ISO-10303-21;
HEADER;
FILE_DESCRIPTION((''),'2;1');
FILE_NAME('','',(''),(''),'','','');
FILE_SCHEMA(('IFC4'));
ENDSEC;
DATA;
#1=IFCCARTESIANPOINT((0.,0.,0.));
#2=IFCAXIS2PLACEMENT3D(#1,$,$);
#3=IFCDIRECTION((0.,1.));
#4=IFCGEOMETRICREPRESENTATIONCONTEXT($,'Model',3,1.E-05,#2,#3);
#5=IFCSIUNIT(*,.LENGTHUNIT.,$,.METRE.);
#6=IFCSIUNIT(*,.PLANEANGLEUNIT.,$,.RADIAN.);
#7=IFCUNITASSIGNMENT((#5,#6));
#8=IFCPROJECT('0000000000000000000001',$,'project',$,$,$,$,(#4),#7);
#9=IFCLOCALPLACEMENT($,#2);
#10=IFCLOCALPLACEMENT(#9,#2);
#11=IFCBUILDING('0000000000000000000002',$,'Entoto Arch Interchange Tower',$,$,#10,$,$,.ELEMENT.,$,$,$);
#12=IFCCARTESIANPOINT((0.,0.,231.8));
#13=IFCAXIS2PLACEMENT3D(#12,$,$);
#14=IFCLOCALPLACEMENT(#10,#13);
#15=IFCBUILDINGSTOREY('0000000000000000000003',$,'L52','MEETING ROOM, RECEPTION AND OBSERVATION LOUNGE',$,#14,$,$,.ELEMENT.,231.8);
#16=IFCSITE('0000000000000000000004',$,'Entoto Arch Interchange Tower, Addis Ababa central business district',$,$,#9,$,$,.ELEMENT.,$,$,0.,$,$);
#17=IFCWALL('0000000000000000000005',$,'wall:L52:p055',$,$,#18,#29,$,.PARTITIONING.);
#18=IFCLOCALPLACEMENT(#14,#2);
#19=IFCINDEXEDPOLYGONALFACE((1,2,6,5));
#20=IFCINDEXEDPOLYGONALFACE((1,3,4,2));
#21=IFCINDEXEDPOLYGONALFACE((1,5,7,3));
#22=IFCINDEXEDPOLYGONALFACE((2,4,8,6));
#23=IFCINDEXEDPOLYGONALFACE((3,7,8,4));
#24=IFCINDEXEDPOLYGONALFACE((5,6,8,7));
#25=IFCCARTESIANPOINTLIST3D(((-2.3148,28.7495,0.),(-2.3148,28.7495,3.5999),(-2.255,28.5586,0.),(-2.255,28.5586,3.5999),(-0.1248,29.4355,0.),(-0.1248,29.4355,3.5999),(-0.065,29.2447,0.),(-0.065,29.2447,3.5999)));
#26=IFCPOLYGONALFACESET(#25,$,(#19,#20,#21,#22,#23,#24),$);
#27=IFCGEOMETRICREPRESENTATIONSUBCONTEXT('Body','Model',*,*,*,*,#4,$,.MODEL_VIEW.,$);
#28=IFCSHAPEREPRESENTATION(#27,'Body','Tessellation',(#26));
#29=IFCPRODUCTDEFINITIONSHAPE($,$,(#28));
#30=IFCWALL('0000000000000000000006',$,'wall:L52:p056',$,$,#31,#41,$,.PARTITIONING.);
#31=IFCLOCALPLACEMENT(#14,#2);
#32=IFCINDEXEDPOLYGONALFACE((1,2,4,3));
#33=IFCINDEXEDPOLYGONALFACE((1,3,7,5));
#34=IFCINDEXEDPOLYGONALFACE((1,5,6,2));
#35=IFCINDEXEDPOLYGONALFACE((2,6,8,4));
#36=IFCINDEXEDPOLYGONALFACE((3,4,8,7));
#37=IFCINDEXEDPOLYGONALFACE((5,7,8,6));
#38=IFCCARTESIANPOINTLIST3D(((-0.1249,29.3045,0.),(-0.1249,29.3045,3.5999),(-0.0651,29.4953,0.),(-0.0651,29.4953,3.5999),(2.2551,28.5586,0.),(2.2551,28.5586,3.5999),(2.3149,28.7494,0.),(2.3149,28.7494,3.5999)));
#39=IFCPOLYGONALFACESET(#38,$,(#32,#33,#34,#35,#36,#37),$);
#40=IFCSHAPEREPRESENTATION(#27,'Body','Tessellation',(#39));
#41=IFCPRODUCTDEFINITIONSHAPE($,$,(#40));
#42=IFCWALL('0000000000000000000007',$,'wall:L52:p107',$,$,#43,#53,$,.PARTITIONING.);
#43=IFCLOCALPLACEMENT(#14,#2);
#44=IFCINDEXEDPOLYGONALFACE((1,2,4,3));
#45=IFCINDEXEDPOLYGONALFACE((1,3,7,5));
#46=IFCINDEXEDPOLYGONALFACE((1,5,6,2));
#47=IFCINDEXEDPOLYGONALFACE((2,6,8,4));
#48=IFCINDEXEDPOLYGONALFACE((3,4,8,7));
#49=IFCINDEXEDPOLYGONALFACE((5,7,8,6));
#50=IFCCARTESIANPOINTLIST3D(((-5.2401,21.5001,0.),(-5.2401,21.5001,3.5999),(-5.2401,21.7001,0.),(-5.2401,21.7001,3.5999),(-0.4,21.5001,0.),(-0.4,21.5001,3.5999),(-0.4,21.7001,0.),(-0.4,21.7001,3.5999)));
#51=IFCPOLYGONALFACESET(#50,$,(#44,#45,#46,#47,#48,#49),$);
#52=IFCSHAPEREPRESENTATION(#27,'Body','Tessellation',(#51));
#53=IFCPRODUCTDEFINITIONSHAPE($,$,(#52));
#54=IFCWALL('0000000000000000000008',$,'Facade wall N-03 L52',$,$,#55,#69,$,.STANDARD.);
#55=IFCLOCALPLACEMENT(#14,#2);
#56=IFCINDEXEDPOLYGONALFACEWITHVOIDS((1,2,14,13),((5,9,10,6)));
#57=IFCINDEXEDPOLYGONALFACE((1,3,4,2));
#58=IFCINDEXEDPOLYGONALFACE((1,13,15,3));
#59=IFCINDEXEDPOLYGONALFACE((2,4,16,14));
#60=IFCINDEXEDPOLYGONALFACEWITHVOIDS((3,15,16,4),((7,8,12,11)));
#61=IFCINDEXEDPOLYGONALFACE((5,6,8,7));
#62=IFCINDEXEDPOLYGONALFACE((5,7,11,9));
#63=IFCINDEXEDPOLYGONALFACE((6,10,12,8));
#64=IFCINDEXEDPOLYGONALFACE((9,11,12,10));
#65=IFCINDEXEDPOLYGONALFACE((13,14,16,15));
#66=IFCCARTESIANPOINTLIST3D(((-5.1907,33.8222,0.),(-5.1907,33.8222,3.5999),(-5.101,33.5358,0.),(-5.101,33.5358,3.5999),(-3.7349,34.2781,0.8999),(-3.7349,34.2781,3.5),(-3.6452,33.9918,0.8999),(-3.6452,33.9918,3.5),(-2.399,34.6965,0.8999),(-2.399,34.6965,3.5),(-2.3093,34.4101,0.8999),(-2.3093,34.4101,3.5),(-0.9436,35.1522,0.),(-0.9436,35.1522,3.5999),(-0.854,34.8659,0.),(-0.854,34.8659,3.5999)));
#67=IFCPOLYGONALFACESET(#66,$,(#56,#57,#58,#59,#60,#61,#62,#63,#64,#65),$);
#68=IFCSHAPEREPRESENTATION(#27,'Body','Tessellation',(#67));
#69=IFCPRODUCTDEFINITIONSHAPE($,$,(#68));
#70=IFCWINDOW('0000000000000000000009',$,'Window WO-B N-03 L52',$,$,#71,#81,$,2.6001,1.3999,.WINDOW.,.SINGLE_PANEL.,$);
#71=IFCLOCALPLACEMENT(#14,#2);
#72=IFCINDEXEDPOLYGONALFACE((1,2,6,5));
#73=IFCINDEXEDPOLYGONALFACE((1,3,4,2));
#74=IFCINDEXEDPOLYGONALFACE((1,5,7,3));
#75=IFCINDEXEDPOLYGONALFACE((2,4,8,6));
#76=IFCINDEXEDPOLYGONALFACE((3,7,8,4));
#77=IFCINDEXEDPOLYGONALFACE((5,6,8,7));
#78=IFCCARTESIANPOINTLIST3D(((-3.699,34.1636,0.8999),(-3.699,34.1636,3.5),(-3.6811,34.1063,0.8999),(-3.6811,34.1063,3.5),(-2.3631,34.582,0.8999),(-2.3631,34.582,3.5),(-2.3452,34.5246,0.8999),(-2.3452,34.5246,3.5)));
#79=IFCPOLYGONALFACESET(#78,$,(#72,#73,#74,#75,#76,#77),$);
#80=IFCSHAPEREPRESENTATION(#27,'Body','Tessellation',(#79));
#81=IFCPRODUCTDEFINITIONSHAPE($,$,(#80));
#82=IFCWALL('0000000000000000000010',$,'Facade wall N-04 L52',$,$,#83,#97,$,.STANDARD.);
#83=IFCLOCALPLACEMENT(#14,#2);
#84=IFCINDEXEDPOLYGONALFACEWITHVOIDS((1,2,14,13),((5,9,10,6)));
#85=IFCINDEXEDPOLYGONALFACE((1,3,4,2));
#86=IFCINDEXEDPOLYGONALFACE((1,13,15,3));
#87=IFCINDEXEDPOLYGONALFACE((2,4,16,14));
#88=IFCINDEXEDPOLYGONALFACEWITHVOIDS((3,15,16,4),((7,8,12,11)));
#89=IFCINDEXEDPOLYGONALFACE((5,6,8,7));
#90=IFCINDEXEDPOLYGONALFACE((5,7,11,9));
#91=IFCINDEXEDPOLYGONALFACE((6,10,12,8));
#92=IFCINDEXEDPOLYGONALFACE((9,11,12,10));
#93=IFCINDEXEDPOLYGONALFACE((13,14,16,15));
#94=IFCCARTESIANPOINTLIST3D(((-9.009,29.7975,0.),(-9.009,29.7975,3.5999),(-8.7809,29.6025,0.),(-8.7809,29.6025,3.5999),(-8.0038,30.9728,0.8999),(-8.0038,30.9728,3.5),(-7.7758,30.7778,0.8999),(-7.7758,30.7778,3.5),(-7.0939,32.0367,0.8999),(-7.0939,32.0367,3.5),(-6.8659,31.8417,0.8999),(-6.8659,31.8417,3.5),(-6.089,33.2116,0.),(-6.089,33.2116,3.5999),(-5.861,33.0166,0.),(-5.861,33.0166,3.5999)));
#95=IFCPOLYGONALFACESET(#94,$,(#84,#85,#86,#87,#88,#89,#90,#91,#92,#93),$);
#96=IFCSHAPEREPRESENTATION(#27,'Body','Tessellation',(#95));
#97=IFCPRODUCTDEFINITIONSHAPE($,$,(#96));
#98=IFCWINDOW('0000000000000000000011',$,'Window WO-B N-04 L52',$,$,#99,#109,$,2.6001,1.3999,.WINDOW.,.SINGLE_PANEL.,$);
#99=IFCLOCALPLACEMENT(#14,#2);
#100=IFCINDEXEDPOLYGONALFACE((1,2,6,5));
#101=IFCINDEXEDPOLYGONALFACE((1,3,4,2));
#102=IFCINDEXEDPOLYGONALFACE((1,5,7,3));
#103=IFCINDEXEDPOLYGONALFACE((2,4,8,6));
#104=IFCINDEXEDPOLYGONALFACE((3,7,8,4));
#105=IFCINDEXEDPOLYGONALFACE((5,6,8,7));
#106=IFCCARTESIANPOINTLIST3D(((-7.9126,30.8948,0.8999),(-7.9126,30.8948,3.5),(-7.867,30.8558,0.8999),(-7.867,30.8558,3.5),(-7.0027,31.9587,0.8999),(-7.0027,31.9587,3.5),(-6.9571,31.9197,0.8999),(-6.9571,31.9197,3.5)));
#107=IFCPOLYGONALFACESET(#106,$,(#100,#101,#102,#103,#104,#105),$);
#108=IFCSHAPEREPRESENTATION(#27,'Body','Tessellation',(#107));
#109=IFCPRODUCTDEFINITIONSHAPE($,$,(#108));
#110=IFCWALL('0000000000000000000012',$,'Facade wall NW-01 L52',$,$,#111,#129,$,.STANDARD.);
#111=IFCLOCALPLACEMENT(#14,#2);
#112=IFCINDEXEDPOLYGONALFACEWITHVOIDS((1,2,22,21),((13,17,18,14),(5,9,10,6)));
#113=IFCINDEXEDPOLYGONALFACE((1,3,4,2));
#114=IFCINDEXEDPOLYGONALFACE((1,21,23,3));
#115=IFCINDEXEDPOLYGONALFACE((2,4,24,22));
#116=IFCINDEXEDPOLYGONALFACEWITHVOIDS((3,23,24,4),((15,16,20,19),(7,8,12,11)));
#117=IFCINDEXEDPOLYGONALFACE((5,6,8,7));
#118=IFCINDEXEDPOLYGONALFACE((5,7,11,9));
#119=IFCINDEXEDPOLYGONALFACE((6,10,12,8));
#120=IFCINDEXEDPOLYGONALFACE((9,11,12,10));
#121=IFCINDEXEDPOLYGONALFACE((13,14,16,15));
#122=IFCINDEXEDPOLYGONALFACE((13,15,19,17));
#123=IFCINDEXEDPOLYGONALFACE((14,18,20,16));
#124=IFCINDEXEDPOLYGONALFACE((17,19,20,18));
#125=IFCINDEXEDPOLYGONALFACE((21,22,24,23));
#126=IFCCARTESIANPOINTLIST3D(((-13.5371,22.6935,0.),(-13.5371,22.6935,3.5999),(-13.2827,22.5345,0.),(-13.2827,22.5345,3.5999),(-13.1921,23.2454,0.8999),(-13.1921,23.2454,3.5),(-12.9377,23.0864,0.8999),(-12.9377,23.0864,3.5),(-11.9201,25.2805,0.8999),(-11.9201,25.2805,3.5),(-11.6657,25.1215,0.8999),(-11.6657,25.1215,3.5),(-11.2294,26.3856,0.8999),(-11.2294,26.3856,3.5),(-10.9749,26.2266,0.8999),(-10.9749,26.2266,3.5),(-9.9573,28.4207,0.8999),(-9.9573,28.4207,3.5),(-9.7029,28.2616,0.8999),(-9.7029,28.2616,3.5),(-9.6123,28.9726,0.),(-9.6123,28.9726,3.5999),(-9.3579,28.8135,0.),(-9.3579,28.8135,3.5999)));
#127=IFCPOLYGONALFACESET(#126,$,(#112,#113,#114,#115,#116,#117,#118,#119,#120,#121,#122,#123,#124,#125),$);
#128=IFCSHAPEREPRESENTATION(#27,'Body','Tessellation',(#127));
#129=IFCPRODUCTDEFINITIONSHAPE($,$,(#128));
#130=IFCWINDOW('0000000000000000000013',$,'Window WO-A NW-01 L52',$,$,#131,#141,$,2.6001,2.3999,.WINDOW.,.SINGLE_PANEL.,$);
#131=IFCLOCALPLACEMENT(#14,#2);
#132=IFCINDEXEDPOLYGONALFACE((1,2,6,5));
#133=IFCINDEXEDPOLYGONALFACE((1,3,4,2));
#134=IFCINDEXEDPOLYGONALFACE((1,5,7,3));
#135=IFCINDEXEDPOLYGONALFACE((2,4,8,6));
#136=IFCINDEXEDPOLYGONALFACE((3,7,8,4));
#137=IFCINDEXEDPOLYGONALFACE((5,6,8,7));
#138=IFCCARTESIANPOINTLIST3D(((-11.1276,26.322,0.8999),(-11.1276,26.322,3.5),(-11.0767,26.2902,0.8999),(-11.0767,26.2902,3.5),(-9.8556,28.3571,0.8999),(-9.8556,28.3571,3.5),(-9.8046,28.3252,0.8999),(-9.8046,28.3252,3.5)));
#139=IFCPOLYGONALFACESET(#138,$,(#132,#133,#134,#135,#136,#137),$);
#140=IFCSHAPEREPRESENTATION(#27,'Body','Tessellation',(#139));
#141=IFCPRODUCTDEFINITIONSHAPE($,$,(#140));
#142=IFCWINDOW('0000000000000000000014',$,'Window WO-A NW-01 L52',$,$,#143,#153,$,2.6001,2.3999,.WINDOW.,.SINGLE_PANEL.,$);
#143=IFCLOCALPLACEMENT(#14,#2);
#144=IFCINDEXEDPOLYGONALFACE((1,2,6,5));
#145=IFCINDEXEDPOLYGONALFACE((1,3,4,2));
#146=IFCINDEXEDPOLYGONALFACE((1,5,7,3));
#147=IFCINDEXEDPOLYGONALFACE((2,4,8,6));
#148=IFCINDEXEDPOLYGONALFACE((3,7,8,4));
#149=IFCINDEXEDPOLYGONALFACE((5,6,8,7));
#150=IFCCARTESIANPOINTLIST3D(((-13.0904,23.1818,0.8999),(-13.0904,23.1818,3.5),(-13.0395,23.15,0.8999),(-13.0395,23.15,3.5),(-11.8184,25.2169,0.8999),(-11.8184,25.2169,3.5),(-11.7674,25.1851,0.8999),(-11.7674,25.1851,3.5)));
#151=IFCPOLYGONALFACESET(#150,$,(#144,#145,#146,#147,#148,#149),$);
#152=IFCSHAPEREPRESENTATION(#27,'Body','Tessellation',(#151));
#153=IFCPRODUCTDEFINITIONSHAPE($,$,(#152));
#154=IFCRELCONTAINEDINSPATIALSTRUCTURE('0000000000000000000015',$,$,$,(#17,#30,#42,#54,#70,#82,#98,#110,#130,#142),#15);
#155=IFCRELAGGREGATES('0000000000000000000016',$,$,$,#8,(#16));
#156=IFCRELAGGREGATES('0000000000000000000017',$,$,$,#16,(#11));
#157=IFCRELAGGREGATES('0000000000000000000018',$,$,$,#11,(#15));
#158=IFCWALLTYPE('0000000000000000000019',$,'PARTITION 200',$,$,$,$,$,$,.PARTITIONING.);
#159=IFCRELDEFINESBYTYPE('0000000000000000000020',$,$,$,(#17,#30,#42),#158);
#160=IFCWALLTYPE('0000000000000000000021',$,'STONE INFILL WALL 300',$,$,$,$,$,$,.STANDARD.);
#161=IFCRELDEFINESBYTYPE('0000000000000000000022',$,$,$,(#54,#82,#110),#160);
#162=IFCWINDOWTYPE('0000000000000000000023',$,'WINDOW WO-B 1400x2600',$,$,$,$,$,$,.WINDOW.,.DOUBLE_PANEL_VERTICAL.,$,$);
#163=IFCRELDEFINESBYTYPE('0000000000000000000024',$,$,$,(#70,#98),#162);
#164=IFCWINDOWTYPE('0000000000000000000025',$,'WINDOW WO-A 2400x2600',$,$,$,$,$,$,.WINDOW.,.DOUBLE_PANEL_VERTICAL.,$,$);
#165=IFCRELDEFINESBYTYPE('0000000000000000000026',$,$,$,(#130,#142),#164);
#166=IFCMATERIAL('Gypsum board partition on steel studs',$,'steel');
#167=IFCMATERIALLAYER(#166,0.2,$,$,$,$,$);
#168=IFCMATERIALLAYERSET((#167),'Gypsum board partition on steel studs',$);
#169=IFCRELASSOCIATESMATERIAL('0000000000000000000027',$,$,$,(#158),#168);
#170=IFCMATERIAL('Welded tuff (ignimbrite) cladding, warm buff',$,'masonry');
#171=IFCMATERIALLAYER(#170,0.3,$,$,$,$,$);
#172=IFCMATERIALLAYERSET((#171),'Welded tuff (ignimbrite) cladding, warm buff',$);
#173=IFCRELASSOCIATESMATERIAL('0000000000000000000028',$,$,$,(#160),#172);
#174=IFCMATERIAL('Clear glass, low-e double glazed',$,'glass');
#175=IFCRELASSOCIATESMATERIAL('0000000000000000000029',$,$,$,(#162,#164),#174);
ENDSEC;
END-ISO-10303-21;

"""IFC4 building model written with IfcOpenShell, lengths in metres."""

from ifc_helpers import new_model, si_unit, direction, frame, frame_2d, origin, place, context, subcontext, project, spatial, rectangle, extrude, material, layer, layer_set, type_object, element, fill, save


model = new_model("IFC4")

# Units and contexts
model_context = context("Model", 3, precision=1e-05, world=origin(), true_north=direction((0.0, 1.0)))
body_context = subcontext(model_context, "Body", "Model", "MODEL_VIEW")
ifc_project = project(units=[si_unit("LENGTHUNIT", "METRE"), si_unit("PLANEANGLEUNIT", "RADIAN")], contexts=[model_context])

# Site, building, storey
site_placement = place(None, origin())
site = spatial("IfcSite", under=ifc_project, at=site_placement, Name="Entoto Arch Interchange Tower, Addis Ababa central business district", CompositionType="ELEMENT", RefElevation=0.0)
building_placement = place(site_placement, origin())
building = spatial("IfcBuilding", under=site, at=building_placement, Name="Entoto Arch Interchange Tower", CompositionType="ELEMENT")
storey_placement = place(building_placement, frame((0.0, 0.0, 231.8)))
storey = spatial("IfcBuildingStorey", under=building, at=storey_placement, Name="L52", Description="MEETING ROOM, RECEPTION AND OBSERVATION LOUNGE", CompositionType="ELEMENT", Elevation=231.8)

# Shared definitions
ifc_material_1 = material(Name="Gypsum board partition on steel studs", Category="steel")
ifc_layer_1 = layer(ifc_material_1, 0.2)
ifc_layer_set_1 = layer_set([ifc_layer_1], Name="Gypsum board partition on steel studs")
wall_type_1 = type_object("IfcWallType", Name="PARTITION 200", PredefinedType="PARTITIONING", material=ifc_layer_set_1)

# Walls
wall_1_placement = place(storey_placement, frame((-2.2849, 28.6541, 0.0), z_axis=(0.0, 0.0, 1.0), x_axis=(0.954272, 0.298941, 0.0)))
element("IfcWall", 1, at=wall_1_placement, inside=storey, type_object=wall_type_1, Name="wall:L52:p055", PredefinedType="PARTITIONING", context=body_context, shape_type="SweptSolid", body=[
    extrude(rectangle(XDim=2.2949, YDim=0.2, at=frame_2d((1.1475, 0.0))), origin(), (0.0, 0.0, 1.0), 3.5999),
])
wall_2_placement = place(storey_placement, frame((-0.095, 29.3999, 0.0), z_axis=(0.0, 0.0, 1.0), x_axis=(0.954236, -0.299055, 0.0)))
element("IfcWall", 2, at=wall_2_placement, inside=storey, type_object=wall_type_1, Name="wall:L52:p056", PredefinedType="PARTITIONING", context=body_context, shape_type="SweptSolid", body=[
    extrude(rectangle(XDim=2.4941, YDim=0.2, at=frame_2d((1.2471, 0.0))), origin(), (0.0, 0.0, 1.0), 3.5999),
])
wall_3_placement = place(storey_placement, frame((-5.24, 21.6001, 0.0), z_axis=(0.0, 0.0, 1.0), x_axis=(1.0, 0.0, 0.0)))
element("IfcWall", 3, at=wall_3_placement, inside=storey, type_object=wall_type_1, Name="wall:L52:p107", PredefinedType="PARTITIONING", context=body_context, shape_type="SweptSolid", body=[
    extrude(rectangle(XDim=4.8401, YDim=0.2, at=frame_2d((2.4199, 0.0))), origin(), (0.0, 0.0, 1.0), 3.5999),
])

# Walls, openings, windows
ifc_material_2 = material(Name="Welded tuff (ignimbrite) cladding, warm buff", Category="masonry")
ifc_layer_2 = layer(ifc_material_2, 0.3)
ifc_layer_set_2 = layer_set([ifc_layer_2], Name="Welded tuff (ignimbrite) cladding, warm buff")
wall_type_2 = type_object("IfcWallType", Name="STONE INFILL WALL 300", PredefinedType="STANDARD", material=ifc_layer_set_2)
wall_4_placement = place(storey_placement, frame((-0.8989, 35.009, 0.0), z_axis=(0.0, 0.0, 1.0), x_axis=(-0.954296, -0.298862, 0.0)))
wall_4 = element("IfcWall", 4, at=wall_4_placement, inside=storey, type_object=wall_type_2, Name="Facade wall N-03 L52", PredefinedType="STANDARD", context=body_context, shape_type="SweptSolid", body=[
    extrude(rectangle(XDim=4.4504, YDim=0.3, at=frame_2d((2.2251, 0.0))), origin(), (0.0, 0.0, 1.0), 3.5999),
])
opening_1_placement = place(wall_4_placement, frame((1.5249, 0.0, 0.8999)))
opening_1 = element("IfcOpeningElement", 5, at=opening_1_placement, cuts=wall_4, PredefinedType="OPENING", context=body_context, shape_type="SweptSolid", body=[
    extrude(rectangle(XDim=1.3999, YDim=2.6001, at=frame_2d((0.7, 1.3))), frame((0.0, 0.1602, 0.0), z_axis=(0.0, -1.0, 0.0), x_axis=(1.0, 0.0, 0.0)), (0.0, 0.0, 1.0), 0.3201),
])
ifc_material_3 = material(Name="Clear glass, low-e double glazed", Category="glass")
window_type_1 = type_object("IfcWindowType", Name="WINDOW WO-B 1400x2600", PartitioningType="DOUBLE_PANEL_VERTICAL", PredefinedType="WINDOW", material=ifc_material_3)
window_1_placement = place(opening_1_placement, origin())
window_1 = element("IfcWindow", 6, at=window_1_placement, inside=storey, type_object=window_type_1, Name="Window WO-B N-03 L52", OverallHeight=2.6001, OverallWidth=1.3999, PartitioningType="SINGLE_PANEL", PredefinedType="WINDOW", context=body_context, shape_type="SweptSolid", body=[
    extrude(rectangle(XDim=1.3999, YDim=2.6001, at=frame_2d((0.7, 1.3))), frame((0.0, 0.03, 0.0), z_axis=(0.0, -1.0, 0.0), x_axis=(1.0, 0.0, 0.0)), (0.0, 0.0, 1.0), 0.0601),
])
fill(opening_1, window_1)
wall_5_placement = place(storey_placement, frame((-5.9751, 33.114, 0.0), z_axis=(0.0, 0.0, 1.0), x_axis=(-0.649968, -0.759962, 0.0)))
wall_5 = element("IfcWall", 7, at=wall_5_placement, inside=storey, type_object=wall_type_2, Name="Facade wall N-04 L52", PredefinedType="STANDARD", context=body_context, shape_type="SweptSolid", body=[
    extrude(rectangle(XDim=4.4924, YDim=0.3, at=frame_2d((2.2461, 0.0))), origin(), (0.0, 0.0, 1.0), 3.5999),
])
opening_2_placement = place(wall_5_placement, frame((1.5459, 0.0, 0.8999)))
opening_2 = element("IfcOpeningElement", 8, at=opening_2_placement, cuts=wall_5, PredefinedType="OPENING", context=body_context, shape_type="SweptSolid", body=[
    extrude(rectangle(XDim=1.3999, YDim=2.6001, at=frame_2d((0.7, 1.3))), frame((0.0, 0.1602, 0.0), z_axis=(0.0, -1.0, 0.0), x_axis=(1.0, 0.0, 0.0)), (0.0, 0.0, 1.0), 0.3201),
])
window_2_placement = place(opening_2_placement, origin())
window_2 = element("IfcWindow", 9, at=window_2_placement, inside=storey, type_object=window_type_1, Name="Window WO-B N-04 L52", OverallHeight=2.6001, OverallWidth=1.3999, PartitioningType="SINGLE_PANEL", PredefinedType="WINDOW", context=body_context, shape_type="SweptSolid", body=[
    extrude(rectangle(XDim=1.3999, YDim=2.6001, at=frame_2d((0.7, 1.3))), frame((0.0, 0.03, 0.0), z_axis=(0.0, -1.0, 0.0), x_axis=(1.0, 0.0, 0.0)), (0.0, 0.0, 1.0), 0.0601),
])
fill(opening_2, window_2)

# Wall, openings, windows
wall_6_placement = place(storey_placement, frame((-9.4851, 28.8931, 0.0), z_axis=(0.0, 0.0, 1.0), x_axis=(-0.530037, -0.847974, 0.0)))
wall_6 = element("IfcWall", 10, at=wall_6_placement, inside=storey, type_object=wall_type_2, Name="Facade wall NW-01 L52", PredefinedType="STANDARD", context=body_context, shape_type="SweptSolid", body=[
    extrude(rectangle(XDim=7.4048, YDim=0.3, at=frame_2d((3.7024, 0.0))), origin(), (0.0, 0.0, 1.0), 3.5999),
])
opening_3_placement = place(wall_6_placement, frame((0.6509, 0.0, 0.8999)))
opening_3 = element("IfcOpeningElement", 11, at=opening_3_placement, cuts=wall_6, PredefinedType="OPENING", context=body_context, shape_type="SweptSolid", body=[
    extrude(rectangle(XDim=2.3999, YDim=2.6001, at=frame_2d((1.2, 1.3))), frame((0.0, 0.1602, 0.0), z_axis=(0.0, -1.0, 0.0), x_axis=(1.0, 0.0, 0.0)), (0.0, 0.0, 1.0), 0.3201),
])
opening_4_placement = place(wall_6_placement, frame((4.354, 0.0, 0.8999)))
opening_4 = element("IfcOpeningElement", 12, at=opening_4_placement, cuts=wall_6, PredefinedType="OPENING", context=body_context, shape_type="SweptSolid", body=[
    extrude(rectangle(XDim=2.3999, YDim=2.6001, at=frame_2d((1.2, 1.3))), frame((0.0, 0.1602, 0.0), z_axis=(0.0, -1.0, 0.0), x_axis=(1.0, 0.0, 0.0)), (0.0, 0.0, 1.0), 0.3201),
])
window_type_2 = type_object("IfcWindowType", Name="WINDOW WO-A 2400x2600", PartitioningType="DOUBLE_PANEL_VERTICAL", PredefinedType="WINDOW", material=ifc_material_3)
window_3_placement = place(opening_3_placement, origin())
window_3 = element("IfcWindow", 13, at=window_3_placement, inside=storey, type_object=window_type_2, Name="Window WO-A NW-01 L52", OverallHeight=2.6001, OverallWidth=2.3999, PartitioningType="SINGLE_PANEL", PredefinedType="WINDOW", context=body_context, shape_type="SweptSolid", body=[
    extrude(rectangle(XDim=2.3999, YDim=2.6001, at=frame_2d((1.2, 1.3))), frame((0.0, 0.03, 0.0), z_axis=(0.0, -1.0, 0.0), x_axis=(1.0, 0.0, 0.0)), (0.0, 0.0, 1.0), 0.0601),
])
fill(opening_3, window_3)
window_4_placement = place(opening_4_placement, origin())
window_4 = element("IfcWindow", 14, at=window_4_placement, inside=storey, type_object=window_type_2, Name="Window WO-A NW-01 L52", OverallHeight=2.6001, OverallWidth=2.3999, PartitioningType="SINGLE_PANEL", PredefinedType="WINDOW", context=body_context, shape_type="SweptSolid", body=[
    extrude(rectangle(XDim=2.3999, YDim=2.6001, at=frame_2d((1.2, 1.3))), frame((0.0, 0.03, 0.0), z_axis=(0.0, -1.0, 0.0), x_axis=(1.0, 0.0, 0.0)), (0.0, 0.0, 1.0), 0.0601),
])
fill(opening_4, window_4)

save(model, "model.ifc")
